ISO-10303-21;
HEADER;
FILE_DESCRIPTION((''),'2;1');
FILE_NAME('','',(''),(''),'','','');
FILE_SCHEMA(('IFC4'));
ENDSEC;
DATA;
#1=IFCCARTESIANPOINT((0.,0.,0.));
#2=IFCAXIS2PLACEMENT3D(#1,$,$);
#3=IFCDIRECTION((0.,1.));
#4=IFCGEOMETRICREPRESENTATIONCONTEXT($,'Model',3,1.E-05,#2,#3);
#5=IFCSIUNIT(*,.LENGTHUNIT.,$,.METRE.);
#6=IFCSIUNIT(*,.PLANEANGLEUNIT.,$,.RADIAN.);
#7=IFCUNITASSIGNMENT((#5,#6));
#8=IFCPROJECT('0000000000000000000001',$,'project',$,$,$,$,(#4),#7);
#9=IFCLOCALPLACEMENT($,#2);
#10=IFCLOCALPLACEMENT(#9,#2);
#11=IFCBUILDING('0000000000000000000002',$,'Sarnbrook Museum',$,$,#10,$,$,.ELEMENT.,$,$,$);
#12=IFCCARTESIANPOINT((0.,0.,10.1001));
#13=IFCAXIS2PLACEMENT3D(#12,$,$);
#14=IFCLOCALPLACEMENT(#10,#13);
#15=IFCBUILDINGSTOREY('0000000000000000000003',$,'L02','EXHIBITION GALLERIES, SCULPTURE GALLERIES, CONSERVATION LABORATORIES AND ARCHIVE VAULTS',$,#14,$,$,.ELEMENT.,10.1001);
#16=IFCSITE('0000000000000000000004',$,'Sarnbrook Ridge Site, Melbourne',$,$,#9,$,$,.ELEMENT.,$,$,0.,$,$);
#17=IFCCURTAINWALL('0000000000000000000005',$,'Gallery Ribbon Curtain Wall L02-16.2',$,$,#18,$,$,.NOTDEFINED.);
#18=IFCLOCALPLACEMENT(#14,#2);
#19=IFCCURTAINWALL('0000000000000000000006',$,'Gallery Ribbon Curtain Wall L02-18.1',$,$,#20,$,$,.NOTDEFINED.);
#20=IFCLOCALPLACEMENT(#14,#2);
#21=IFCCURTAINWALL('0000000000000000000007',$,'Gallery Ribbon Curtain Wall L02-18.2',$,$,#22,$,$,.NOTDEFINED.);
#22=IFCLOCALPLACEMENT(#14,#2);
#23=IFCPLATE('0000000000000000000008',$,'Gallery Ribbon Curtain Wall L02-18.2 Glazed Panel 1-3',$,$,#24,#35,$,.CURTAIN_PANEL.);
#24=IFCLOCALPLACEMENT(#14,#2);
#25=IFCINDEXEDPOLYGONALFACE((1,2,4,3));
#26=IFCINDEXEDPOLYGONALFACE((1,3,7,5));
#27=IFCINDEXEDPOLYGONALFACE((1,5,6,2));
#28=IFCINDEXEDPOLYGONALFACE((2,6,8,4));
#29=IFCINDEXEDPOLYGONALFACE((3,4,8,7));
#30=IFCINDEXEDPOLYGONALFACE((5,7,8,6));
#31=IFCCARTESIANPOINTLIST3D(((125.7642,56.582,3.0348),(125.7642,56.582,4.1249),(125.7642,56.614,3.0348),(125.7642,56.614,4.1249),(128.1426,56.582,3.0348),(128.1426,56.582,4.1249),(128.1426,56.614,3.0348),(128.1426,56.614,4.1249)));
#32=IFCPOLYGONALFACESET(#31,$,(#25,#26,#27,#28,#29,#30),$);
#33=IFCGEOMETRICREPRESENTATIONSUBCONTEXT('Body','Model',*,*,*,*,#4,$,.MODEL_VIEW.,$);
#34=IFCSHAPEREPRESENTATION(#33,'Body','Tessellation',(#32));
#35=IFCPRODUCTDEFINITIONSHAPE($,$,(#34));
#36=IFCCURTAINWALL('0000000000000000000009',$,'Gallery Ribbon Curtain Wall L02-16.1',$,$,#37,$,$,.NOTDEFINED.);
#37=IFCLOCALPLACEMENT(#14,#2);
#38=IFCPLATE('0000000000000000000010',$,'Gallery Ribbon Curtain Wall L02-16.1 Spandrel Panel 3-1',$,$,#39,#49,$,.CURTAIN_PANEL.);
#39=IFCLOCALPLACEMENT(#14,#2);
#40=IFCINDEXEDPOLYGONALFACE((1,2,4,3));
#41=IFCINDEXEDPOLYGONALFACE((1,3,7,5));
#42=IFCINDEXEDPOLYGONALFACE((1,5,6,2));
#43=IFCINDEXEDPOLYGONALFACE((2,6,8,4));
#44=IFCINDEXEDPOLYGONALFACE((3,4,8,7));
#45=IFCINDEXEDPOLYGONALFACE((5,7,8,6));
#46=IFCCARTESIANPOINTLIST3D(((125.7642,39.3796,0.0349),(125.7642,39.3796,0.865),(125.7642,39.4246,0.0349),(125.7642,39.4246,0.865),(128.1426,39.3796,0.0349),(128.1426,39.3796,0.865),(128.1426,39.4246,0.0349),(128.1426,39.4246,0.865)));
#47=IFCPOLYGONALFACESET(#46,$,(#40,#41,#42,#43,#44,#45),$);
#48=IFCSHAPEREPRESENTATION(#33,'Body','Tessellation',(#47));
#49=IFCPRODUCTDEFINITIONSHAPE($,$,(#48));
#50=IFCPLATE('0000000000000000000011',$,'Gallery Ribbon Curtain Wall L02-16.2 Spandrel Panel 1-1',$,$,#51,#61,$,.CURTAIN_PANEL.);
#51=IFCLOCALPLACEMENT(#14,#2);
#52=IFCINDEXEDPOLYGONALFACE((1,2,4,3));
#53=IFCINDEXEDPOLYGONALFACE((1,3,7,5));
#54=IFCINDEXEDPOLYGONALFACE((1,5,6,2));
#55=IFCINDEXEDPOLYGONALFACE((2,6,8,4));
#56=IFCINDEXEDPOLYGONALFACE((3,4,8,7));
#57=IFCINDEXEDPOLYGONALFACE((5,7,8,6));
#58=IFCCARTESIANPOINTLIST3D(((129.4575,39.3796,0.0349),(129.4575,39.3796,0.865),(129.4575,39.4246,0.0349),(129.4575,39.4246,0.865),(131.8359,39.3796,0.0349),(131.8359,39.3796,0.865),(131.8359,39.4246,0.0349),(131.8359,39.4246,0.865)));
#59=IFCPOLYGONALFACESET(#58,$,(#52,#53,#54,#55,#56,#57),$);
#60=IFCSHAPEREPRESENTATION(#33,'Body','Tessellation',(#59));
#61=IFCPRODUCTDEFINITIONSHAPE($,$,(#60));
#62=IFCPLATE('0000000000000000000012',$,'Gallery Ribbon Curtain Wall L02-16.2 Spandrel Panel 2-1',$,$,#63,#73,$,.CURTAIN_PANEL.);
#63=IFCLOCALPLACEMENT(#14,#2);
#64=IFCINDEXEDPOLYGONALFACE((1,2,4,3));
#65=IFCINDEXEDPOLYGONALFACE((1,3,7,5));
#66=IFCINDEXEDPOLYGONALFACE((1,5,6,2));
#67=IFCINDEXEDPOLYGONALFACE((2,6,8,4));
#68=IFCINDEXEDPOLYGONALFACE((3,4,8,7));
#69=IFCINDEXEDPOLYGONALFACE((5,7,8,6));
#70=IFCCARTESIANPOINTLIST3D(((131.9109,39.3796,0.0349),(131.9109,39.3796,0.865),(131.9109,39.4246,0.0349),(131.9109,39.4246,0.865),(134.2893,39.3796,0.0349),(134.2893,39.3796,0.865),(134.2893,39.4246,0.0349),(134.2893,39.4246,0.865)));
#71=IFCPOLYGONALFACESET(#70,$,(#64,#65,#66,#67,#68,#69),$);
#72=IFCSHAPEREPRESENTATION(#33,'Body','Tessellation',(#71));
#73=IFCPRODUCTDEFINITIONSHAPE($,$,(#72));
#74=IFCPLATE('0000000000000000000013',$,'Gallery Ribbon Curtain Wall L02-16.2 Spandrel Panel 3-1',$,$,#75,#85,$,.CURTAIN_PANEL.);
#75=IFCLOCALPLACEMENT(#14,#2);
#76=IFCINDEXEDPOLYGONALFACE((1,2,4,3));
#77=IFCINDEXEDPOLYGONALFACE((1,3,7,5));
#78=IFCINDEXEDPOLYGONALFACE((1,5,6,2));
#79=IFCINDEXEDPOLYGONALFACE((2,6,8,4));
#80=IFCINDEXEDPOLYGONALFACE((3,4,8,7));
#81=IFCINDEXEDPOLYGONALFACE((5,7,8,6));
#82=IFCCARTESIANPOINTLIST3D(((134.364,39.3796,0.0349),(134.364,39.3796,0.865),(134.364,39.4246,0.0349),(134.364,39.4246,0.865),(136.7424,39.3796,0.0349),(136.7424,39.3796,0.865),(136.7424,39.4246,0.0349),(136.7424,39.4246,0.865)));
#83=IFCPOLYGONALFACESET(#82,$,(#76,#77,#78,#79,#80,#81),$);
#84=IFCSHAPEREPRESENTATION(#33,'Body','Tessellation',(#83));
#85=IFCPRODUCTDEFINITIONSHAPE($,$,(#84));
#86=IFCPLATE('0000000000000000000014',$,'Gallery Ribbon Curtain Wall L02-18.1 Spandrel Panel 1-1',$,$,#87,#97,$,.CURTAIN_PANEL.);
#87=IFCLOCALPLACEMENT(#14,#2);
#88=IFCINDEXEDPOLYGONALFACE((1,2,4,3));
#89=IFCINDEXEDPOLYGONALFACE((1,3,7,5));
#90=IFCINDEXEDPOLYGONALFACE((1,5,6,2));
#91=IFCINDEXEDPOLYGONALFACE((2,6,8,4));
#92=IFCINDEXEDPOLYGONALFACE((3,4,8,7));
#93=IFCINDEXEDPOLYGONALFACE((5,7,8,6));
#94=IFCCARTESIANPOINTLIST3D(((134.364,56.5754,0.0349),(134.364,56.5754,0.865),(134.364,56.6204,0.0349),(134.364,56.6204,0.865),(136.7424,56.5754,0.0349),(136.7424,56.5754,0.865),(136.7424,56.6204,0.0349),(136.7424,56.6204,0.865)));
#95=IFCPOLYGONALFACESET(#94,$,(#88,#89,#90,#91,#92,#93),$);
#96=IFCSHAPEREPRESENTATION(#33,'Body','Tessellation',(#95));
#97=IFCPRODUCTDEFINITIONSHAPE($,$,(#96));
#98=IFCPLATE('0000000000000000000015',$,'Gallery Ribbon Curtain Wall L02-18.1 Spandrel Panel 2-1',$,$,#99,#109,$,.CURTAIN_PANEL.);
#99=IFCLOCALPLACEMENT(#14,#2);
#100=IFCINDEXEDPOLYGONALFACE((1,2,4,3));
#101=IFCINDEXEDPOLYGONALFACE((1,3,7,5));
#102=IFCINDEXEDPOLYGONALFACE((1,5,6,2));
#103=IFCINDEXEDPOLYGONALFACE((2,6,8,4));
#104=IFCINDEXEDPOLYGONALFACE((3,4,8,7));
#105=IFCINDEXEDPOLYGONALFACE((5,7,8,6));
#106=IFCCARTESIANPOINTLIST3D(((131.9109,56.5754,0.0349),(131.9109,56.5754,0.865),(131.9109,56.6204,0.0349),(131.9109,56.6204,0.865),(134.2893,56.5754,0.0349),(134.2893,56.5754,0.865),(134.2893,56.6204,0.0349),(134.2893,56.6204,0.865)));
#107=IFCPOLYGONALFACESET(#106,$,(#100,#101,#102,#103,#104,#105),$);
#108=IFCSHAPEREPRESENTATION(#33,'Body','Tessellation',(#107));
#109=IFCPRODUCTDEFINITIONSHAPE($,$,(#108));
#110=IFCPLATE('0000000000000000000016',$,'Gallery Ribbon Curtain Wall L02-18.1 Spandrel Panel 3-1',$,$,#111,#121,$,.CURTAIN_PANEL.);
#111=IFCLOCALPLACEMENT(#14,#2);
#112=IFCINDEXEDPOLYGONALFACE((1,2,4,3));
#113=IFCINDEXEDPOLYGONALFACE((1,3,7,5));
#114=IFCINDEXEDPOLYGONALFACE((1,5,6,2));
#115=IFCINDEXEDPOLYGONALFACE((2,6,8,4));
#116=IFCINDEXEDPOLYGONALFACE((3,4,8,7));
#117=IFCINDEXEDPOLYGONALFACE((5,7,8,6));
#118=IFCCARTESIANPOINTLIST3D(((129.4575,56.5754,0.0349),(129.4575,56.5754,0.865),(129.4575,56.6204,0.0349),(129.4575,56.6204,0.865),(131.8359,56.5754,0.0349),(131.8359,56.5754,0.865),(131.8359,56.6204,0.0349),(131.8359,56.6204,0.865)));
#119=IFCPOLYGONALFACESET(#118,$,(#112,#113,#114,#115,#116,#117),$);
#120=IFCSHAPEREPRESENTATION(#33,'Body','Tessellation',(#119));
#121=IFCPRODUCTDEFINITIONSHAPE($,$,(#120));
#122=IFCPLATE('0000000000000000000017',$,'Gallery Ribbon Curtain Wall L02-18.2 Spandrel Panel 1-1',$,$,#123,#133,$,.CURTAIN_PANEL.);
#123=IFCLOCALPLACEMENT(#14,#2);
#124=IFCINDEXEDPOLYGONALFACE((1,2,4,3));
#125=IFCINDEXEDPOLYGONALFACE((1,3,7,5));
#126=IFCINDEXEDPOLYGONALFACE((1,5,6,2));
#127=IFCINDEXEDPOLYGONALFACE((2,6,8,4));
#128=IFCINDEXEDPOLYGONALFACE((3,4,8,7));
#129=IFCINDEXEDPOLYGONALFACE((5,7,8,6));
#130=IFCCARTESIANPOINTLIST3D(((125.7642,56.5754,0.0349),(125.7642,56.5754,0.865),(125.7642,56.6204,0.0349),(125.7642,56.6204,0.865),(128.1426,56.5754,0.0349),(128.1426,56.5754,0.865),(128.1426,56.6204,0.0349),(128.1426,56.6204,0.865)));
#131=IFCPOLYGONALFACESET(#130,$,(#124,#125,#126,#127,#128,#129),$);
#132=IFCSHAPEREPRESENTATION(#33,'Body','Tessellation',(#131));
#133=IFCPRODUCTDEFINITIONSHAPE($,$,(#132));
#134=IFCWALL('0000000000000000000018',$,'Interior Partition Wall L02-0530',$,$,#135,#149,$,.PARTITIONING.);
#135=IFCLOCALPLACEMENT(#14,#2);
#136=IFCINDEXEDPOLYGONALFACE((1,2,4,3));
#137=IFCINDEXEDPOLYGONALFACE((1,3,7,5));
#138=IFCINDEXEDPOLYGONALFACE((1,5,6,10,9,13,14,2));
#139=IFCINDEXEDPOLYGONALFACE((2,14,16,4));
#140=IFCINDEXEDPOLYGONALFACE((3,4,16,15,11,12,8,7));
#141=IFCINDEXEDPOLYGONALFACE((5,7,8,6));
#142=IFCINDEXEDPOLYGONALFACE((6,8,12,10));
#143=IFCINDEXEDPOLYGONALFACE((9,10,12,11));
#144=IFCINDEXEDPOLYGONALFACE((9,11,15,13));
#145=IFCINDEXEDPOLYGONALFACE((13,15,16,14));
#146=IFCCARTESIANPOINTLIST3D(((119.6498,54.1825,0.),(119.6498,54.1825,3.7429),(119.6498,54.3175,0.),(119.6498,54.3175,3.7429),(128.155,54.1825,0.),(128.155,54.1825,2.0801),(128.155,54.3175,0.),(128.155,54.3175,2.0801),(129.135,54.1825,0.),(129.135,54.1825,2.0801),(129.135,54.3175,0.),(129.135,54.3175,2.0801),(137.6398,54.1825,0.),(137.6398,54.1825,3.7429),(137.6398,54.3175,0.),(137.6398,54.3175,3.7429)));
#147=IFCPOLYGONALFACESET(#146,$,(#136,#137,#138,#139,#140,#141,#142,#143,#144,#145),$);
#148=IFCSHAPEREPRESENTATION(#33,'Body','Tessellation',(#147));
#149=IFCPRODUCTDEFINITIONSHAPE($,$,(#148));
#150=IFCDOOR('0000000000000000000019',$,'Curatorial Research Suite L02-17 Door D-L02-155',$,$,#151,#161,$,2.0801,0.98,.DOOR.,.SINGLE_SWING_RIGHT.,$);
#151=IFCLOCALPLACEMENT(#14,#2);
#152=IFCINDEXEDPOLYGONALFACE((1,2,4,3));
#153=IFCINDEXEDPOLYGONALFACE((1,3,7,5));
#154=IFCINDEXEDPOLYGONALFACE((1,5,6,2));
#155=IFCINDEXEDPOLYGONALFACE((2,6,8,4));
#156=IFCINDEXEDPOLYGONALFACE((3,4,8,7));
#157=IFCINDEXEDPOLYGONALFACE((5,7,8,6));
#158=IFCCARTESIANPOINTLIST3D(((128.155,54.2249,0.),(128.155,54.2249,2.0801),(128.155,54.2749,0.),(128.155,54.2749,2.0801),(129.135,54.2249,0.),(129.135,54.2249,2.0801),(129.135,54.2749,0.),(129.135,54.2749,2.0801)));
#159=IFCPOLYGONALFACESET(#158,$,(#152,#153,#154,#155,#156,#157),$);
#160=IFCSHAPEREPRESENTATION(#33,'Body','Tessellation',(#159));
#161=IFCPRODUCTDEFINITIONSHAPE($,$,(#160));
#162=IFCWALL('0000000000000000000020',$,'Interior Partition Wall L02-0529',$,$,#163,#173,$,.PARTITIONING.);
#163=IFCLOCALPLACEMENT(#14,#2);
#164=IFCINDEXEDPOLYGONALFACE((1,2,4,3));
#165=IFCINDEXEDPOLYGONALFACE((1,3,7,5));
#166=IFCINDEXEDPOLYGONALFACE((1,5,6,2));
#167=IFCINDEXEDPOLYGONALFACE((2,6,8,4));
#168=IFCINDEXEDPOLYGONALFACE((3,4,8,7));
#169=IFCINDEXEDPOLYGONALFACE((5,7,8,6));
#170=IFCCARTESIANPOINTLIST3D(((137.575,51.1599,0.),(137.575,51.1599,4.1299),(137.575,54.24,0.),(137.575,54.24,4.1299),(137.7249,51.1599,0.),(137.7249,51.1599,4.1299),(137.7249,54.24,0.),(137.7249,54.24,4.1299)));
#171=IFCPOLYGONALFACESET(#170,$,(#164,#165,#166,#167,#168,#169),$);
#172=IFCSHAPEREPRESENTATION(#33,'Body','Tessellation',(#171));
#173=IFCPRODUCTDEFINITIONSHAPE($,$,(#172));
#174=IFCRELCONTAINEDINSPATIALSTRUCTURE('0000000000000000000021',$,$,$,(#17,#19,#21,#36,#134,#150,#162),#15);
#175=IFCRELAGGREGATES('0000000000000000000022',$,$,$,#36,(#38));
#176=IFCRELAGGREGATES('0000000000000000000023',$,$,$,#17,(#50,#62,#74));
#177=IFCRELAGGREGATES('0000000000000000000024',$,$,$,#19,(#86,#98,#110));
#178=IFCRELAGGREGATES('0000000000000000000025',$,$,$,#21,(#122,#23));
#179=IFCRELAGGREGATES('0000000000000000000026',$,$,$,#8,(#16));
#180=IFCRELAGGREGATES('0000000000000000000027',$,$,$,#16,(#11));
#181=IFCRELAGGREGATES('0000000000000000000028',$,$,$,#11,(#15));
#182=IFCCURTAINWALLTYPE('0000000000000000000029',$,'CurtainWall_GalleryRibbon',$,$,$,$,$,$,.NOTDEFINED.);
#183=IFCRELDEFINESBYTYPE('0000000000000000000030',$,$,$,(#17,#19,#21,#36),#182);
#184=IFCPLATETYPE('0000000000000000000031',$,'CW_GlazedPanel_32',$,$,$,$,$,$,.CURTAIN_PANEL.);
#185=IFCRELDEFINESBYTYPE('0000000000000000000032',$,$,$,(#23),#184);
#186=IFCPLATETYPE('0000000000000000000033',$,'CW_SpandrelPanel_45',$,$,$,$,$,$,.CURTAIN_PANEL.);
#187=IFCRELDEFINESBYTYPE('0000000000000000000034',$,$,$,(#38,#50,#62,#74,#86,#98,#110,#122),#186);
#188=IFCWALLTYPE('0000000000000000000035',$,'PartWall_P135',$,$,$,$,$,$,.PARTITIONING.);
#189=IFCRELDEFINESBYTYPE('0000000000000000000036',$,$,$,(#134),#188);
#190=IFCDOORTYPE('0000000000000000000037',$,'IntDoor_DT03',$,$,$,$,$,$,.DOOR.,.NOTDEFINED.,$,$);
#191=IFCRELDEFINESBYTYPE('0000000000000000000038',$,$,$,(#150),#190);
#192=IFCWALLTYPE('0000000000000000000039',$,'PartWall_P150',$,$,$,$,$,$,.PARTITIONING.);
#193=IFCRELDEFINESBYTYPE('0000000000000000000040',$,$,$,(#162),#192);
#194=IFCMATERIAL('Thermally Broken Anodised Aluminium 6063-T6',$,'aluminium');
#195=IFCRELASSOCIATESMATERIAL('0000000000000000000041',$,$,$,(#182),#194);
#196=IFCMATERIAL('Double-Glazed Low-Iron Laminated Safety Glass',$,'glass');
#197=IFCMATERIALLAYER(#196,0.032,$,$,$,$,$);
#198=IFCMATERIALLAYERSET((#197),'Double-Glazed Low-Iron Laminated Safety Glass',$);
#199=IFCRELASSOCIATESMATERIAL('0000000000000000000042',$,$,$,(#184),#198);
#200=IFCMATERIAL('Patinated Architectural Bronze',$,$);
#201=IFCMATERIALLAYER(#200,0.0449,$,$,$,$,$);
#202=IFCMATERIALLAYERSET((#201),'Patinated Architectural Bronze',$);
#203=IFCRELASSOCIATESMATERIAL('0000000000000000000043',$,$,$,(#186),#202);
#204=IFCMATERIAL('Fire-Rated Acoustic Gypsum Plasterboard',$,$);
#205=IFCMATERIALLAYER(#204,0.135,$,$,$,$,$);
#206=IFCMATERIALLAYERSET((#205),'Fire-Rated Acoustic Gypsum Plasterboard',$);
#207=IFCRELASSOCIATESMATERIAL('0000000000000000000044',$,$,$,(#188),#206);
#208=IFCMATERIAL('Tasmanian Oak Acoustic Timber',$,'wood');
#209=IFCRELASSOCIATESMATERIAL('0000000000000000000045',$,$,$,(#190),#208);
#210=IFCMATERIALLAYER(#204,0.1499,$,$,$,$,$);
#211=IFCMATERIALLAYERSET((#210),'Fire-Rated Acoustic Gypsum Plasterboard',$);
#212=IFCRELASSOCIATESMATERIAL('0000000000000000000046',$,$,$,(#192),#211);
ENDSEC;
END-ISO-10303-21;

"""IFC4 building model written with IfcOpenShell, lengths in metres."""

from ifc_helpers import new_model, si_unit, direction, frame, frame_2d, origin, origin_2d, place, context, subcontext, project, spatial, rectangle, extrude, material, layer, layer_set, type_object, element, fill, aggregate, save


model = new_model("IFC4")

# Units and contexts
model_context = context("Model", 3, precision=1e-05, world=origin(), true_north=direction((0.0, 1.0)))
body_context = subcontext(model_context, "Body", "Model", "MODEL_VIEW")
ifc_project = project(units=[si_unit("LENGTHUNIT", "METRE"), si_unit("PLANEANGLEUNIT", "RADIAN")], contexts=[model_context])

# Site, building, storey
site_placement = place(None, origin())
site = spatial("IfcSite", under=ifc_project, at=site_placement, Name="Sarnbrook Ridge Site, Melbourne", CompositionType="ELEMENT", RefElevation=0.0)
building_placement = place(site_placement, origin())
building = spatial("IfcBuilding", under=site, at=building_placement, Name="Sarnbrook Museum", CompositionType="ELEMENT")
storey_placement = place(building_placement, frame((0.0, 0.0, 10.1001)))
storey = spatial("IfcBuildingStorey", under=building, at=storey_placement, Name="L02", Description="EXHIBITION GALLERIES, SCULPTURE GALLERIES, CONSERVATION LABORATORIES AND ARCHIVE VAULTS", CompositionType="ELEMENT", Elevation=10.1001)

# Curtain wall
ifc_material_1 = material(Name="Thermally Broken Anodised Aluminium 6063-T6", Category="aluminium")
curtain_wall_type = type_object("IfcCurtainWallType", Name="CurtainWall_GalleryRibbon", PredefinedType="NOTDEFINED", material=ifc_material_1)
curtain_wall_1_placement = place(storey_placement, origin())
curtain_wall_1 = element("IfcCurtainWall", 1, at=curtain_wall_1_placement, inside=storey, type_object=curtain_wall_type, Name="Gallery Ribbon Curtain Wall L02-16.2", PredefinedType="NOTDEFINED")
ifc_material_2 = material(Name="Double-Glazed Low-Iron Laminated Safety Glass", Category="glass")
ifc_layer_1 = layer(ifc_material_2, 0.032)
ifc_layer_set_1 = layer_set([ifc_layer_1], Name="Double-Glazed Low-Iron Laminated Safety Glass")
plate_type_1 = type_object("IfcPlateType", Name="CW_GlazedPanel_32", PredefinedType="CURTAIN_PANEL", material=ifc_layer_set_1)

# Curtain walls, plate
curtain_wall_2_placement = place(storey_placement, origin())
curtain_wall_2 = element("IfcCurtainWall", 2, at=curtain_wall_2_placement, inside=storey, type_object=curtain_wall_type, Name="Gallery Ribbon Curtain Wall L02-18.1", PredefinedType="NOTDEFINED")
curtain_wall_3_placement = place(storey_placement, origin())
curtain_wall_3 = element("IfcCurtainWall", 3, at=curtain_wall_3_placement, inside=storey, type_object=curtain_wall_type, Name="Gallery Ribbon Curtain Wall L02-18.2", PredefinedType="NOTDEFINED")
plate_1_placement = place(storey_placement, frame((126.9534, 56.582, 3.5798), z_axis=(0.0, 1.0, 0.0), x_axis=(-1.0, 0.0, 0.0)))
plate_1 = element("IfcPlate", 4, at=plate_1_placement, type_object=plate_type_1, Name="Gallery Ribbon Curtain Wall L02-18.2 Glazed Panel 1-3", PredefinedType="CURTAIN_PANEL", context=body_context, shape_type="SweptSolid", body=[
    extrude(rectangle(XDim=2.3784, YDim=1.0901, at=origin_2d()), origin(), (0.0, 0.0, 1.0), 0.032),
])

# Curtain wall, plate
curtain_wall_4_placement = place(storey_placement, origin())
curtain_wall_4 = element("IfcCurtainWall", 5, at=curtain_wall_4_placement, inside=storey, type_object=curtain_wall_type, Name="Gallery Ribbon Curtain Wall L02-16.1", PredefinedType="NOTDEFINED")
ifc_material_3 = material(Name="Patinated Architectural Bronze")
ifc_layer_2 = layer(ifc_material_3, 0.0449)
ifc_layer_set_2 = layer_set([ifc_layer_2], Name="Patinated Architectural Bronze")
plate_type_2 = type_object("IfcPlateType", Name="CW_SpandrelPanel_45", PredefinedType="CURTAIN_PANEL", material=ifc_layer_set_2)
plate_2_placement = place(storey_placement, frame((126.9534, 39.4246, 0.45), z_axis=(0.0, -1.0, 0.0), x_axis=(1.0, 0.0, 0.0)))
plate_2 = element("IfcPlate", 6, at=plate_2_placement, type_object=plate_type_2, Name="Gallery Ribbon Curtain Wall L02-16.1 Spandrel Panel 3-1", PredefinedType="CURTAIN_PANEL", context=body_context, shape_type="SweptSolid", body=[
    extrude(rectangle(XDim=2.3784, YDim=0.8301, at=origin_2d()), origin(), (0.0, 0.0, 1.0), 0.0449),
])
aggregate(curtain_wall_4, [plate_2])

# Plates
plate_3_placement = place(storey_placement, frame((130.6467, 39.4246, 0.45), z_axis=(0.0, -1.0, 0.0), x_axis=(1.0, 0.0, 0.0)))
plate_3 = element("IfcPlate", 7, at=plate_3_placement, type_object=plate_type_2, Name="Gallery Ribbon Curtain Wall L02-16.2 Spandrel Panel 1-1", PredefinedType="CURTAIN_PANEL", context=body_context, shape_type="SweptSolid", body=[
    extrude(rectangle(XDim=2.3784, YDim=0.8301, at=origin_2d()), origin(), (0.0, 0.0, 1.0), 0.0449),
])
plate_4_placement = place(storey_placement, frame((133.1001, 39.4246, 0.45), z_axis=(0.0, -1.0, 0.0), x_axis=(1.0, 0.0, 0.0)))
plate_4 = element("IfcPlate", 8, at=plate_4_placement, type_object=plate_type_2, Name="Gallery Ribbon Curtain Wall L02-16.2 Spandrel Panel 2-1", PredefinedType="CURTAIN_PANEL", context=body_context, shape_type="SweptSolid", body=[
    extrude(rectangle(XDim=2.3784, YDim=0.8301, at=origin_2d()), origin(), (0.0, 0.0, 1.0), 0.0449),
])
plate_5_placement = place(storey_placement, frame((135.5532, 39.4246, 0.45), z_axis=(0.0, -1.0, 0.0), x_axis=(1.0, 0.0, 0.0)))
plate_5 = element("IfcPlate", 9, at=plate_5_placement, type_object=plate_type_2, Name="Gallery Ribbon Curtain Wall L02-16.2 Spandrel Panel 3-1", PredefinedType="CURTAIN_PANEL", context=body_context, shape_type="SweptSolid", body=[
    extrude(rectangle(XDim=2.3784, YDim=0.8301, at=origin_2d()), origin(), (0.0, 0.0, 1.0), 0.0449),
])
aggregate(curtain_wall_1, [plate_3, plate_4, plate_5])
plate_6_placement = place(storey_placement, frame((135.5532, 56.5754, 0.45), z_axis=(0.0, 1.0, 0.0), x_axis=(-1.0, 0.0, 0.0)))
plate_6 = element("IfcPlate", 10, at=plate_6_placement, type_object=plate_type_2, Name="Gallery Ribbon Curtain Wall L02-18.1 Spandrel Panel 1-1", PredefinedType="CURTAIN_PANEL", context=body_context, shape_type="SweptSolid", body=[
    extrude(rectangle(XDim=2.3784, YDim=0.8301, at=origin_2d()), origin(), (0.0, 0.0, 1.0), 0.0449),
])
plate_7_placement = place(storey_placement, frame((133.1001, 56.5754, 0.45), z_axis=(0.0, 1.0, 0.0), x_axis=(-1.0, 0.0, 0.0)))
plate_7 = element("IfcPlate", 11, at=plate_7_placement, type_object=plate_type_2, Name="Gallery Ribbon Curtain Wall L02-18.1 Spandrel Panel 2-1", PredefinedType="CURTAIN_PANEL", context=body_context, shape_type="SweptSolid", body=[
    extrude(rectangle(XDim=2.3784, YDim=0.8301, at=origin_2d()), origin(), (0.0, 0.0, 1.0), 0.0449),
])
plate_8_placement = place(storey_placement, frame((130.6467, 56.5754, 0.45), z_axis=(0.0, 1.0, 0.0), x_axis=(-1.0, 0.0, 0.0)))
plate_8 = element("IfcPlate", 12, at=plate_8_placement, type_object=plate_type_2, Name="Gallery Ribbon Curtain Wall L02-18.1 Spandrel Panel 3-1", PredefinedType="CURTAIN_PANEL", context=body_context, shape_type="SweptSolid", body=[
    extrude(rectangle(XDim=2.3784, YDim=0.8301, at=origin_2d()), origin(), (0.0, 0.0, 1.0), 0.0449),
])
aggregate(curtain_wall_2, [plate_6, plate_7, plate_8])
plate_9_placement = place(storey_placement, frame((126.9534, 56.5754, 0.45), z_axis=(0.0, 1.0, 0.0), x_axis=(-1.0, 0.0, 0.0)))
plate_9 = element("IfcPlate", 13, at=plate_9_placement, type_object=plate_type_2, Name="Gallery Ribbon Curtain Wall L02-18.2 Spandrel Panel 1-1", PredefinedType="CURTAIN_PANEL", context=body_context, shape_type="SweptSolid", body=[
    extrude(rectangle(XDim=2.3784, YDim=0.8301, at=origin_2d()), origin(), (0.0, 0.0, 1.0), 0.0449),
])
aggregate(curtain_wall_3, [plate_9, plate_1])

# Wall, opening, door
ifc_material_4 = material(Name="Fire-Rated Acoustic Gypsum Plasterboard")
ifc_layer_3 = layer(ifc_material_4, 0.135)
ifc_layer_set_3 = layer_set([ifc_layer_3], Name="Fire-Rated Acoustic Gypsum Plasterboard")
wall_type_1 = type_object("IfcWallType", Name="PartWall_P135", PredefinedType="PARTITIONING", material=ifc_layer_set_3)
wall_1_placement = place(storey_placement, frame((137.6399, 54.25, 0.0), z_axis=(0.0, 0.0, 1.0), x_axis=(-1.0, 0.0, 0.0)))
wall_1 = element("IfcWall", 14, at=wall_1_placement, inside=storey, type_object=wall_type_1, Name="Interior Partition Wall L02-0530", PredefinedType="PARTITIONING", context=body_context, shape_type="SweptSolid", body=[
    extrude(rectangle(XDim=17.99, YDim=0.135, at=frame_2d((8.9951, 0.0))), origin(), (0.0, 0.0, 1.0), 3.7429),
])
opening_placement = place(wall_1_placement, frame((8.5049, 0.0, 0.0)))
opening = element("IfcOpeningElement", 15, at=opening_placement, cuts=wall_1, PredefinedType="OPENING", context=body_context, shape_type="SweptSolid", body=[
    extrude(rectangle(XDim=0.98, YDim=2.0801, at=frame_2d((0.49, 1.04))), frame((0.0, 0.0776, 0.0), z_axis=(0.0, -1.0, 0.0), x_axis=(1.0, 0.0, 0.0)), (0.0, 0.0, 1.0), 0.155),
])
ifc_material_5 = material(Name="Tasmanian Oak Acoustic Timber", Category="wood")
door_type = type_object("IfcDoorType", Name="IntDoor_DT03", OperationType="NOTDEFINED", PredefinedType="DOOR", material=ifc_material_5)
door_placement = place(opening_placement, frame((0.98, 0.0, 0.0), z_axis=(0.0, 0.0, 1.0), x_axis=(-1.0, 0.0, 0.0)))
door = element("IfcDoor", 16, at=door_placement, inside=storey, type_object=door_type, Name="Curatorial Research Suite L02-17 Door D-L02-155", OperationType="SINGLE_SWING_RIGHT", OverallHeight=2.0801, OverallWidth=0.98, PredefinedType="DOOR", context=body_context, shape_type="SweptSolid", body=[
    extrude(rectangle(XDim=0.98, YDim=2.0801, at=frame_2d((0.49, 1.04))), frame((0.0, 0.0249, 0.0), z_axis=(0.0, -1.0, 0.0), x_axis=(1.0, 0.0, 0.0)), (0.0, 0.0, 1.0), 0.05),
])
fill(opening, door)

# Wall
ifc_layer_4 = layer(ifc_material_4, 0.1499)
ifc_layer_set_4 = layer_set([ifc_layer_4], Name="Fire-Rated Acoustic Gypsum Plasterboard")
wall_type_2 = type_object("IfcWallType", Name="PartWall_P150", PredefinedType="PARTITIONING", material=ifc_layer_set_4)
wall_2_placement = place(storey_placement, frame((137.6499, 51.1599, 0.0), z_axis=(0.0, 0.0, 1.0), x_axis=(0.0, 1.0, 0.0)))
element("IfcWall", 17, at=wall_2_placement, inside=storey, type_object=wall_type_2, Name="Interior Partition Wall L02-0529", PredefinedType="PARTITIONING", context=body_context, shape_type="SweptSolid", body=[
    extrude(rectangle(XDim=3.0801, YDim=0.1499, at=frame_2d((1.54, 0.0))), origin(), (0.0, 0.0, 1.0), 4.1299),
])

save(model, "model.ifc")
